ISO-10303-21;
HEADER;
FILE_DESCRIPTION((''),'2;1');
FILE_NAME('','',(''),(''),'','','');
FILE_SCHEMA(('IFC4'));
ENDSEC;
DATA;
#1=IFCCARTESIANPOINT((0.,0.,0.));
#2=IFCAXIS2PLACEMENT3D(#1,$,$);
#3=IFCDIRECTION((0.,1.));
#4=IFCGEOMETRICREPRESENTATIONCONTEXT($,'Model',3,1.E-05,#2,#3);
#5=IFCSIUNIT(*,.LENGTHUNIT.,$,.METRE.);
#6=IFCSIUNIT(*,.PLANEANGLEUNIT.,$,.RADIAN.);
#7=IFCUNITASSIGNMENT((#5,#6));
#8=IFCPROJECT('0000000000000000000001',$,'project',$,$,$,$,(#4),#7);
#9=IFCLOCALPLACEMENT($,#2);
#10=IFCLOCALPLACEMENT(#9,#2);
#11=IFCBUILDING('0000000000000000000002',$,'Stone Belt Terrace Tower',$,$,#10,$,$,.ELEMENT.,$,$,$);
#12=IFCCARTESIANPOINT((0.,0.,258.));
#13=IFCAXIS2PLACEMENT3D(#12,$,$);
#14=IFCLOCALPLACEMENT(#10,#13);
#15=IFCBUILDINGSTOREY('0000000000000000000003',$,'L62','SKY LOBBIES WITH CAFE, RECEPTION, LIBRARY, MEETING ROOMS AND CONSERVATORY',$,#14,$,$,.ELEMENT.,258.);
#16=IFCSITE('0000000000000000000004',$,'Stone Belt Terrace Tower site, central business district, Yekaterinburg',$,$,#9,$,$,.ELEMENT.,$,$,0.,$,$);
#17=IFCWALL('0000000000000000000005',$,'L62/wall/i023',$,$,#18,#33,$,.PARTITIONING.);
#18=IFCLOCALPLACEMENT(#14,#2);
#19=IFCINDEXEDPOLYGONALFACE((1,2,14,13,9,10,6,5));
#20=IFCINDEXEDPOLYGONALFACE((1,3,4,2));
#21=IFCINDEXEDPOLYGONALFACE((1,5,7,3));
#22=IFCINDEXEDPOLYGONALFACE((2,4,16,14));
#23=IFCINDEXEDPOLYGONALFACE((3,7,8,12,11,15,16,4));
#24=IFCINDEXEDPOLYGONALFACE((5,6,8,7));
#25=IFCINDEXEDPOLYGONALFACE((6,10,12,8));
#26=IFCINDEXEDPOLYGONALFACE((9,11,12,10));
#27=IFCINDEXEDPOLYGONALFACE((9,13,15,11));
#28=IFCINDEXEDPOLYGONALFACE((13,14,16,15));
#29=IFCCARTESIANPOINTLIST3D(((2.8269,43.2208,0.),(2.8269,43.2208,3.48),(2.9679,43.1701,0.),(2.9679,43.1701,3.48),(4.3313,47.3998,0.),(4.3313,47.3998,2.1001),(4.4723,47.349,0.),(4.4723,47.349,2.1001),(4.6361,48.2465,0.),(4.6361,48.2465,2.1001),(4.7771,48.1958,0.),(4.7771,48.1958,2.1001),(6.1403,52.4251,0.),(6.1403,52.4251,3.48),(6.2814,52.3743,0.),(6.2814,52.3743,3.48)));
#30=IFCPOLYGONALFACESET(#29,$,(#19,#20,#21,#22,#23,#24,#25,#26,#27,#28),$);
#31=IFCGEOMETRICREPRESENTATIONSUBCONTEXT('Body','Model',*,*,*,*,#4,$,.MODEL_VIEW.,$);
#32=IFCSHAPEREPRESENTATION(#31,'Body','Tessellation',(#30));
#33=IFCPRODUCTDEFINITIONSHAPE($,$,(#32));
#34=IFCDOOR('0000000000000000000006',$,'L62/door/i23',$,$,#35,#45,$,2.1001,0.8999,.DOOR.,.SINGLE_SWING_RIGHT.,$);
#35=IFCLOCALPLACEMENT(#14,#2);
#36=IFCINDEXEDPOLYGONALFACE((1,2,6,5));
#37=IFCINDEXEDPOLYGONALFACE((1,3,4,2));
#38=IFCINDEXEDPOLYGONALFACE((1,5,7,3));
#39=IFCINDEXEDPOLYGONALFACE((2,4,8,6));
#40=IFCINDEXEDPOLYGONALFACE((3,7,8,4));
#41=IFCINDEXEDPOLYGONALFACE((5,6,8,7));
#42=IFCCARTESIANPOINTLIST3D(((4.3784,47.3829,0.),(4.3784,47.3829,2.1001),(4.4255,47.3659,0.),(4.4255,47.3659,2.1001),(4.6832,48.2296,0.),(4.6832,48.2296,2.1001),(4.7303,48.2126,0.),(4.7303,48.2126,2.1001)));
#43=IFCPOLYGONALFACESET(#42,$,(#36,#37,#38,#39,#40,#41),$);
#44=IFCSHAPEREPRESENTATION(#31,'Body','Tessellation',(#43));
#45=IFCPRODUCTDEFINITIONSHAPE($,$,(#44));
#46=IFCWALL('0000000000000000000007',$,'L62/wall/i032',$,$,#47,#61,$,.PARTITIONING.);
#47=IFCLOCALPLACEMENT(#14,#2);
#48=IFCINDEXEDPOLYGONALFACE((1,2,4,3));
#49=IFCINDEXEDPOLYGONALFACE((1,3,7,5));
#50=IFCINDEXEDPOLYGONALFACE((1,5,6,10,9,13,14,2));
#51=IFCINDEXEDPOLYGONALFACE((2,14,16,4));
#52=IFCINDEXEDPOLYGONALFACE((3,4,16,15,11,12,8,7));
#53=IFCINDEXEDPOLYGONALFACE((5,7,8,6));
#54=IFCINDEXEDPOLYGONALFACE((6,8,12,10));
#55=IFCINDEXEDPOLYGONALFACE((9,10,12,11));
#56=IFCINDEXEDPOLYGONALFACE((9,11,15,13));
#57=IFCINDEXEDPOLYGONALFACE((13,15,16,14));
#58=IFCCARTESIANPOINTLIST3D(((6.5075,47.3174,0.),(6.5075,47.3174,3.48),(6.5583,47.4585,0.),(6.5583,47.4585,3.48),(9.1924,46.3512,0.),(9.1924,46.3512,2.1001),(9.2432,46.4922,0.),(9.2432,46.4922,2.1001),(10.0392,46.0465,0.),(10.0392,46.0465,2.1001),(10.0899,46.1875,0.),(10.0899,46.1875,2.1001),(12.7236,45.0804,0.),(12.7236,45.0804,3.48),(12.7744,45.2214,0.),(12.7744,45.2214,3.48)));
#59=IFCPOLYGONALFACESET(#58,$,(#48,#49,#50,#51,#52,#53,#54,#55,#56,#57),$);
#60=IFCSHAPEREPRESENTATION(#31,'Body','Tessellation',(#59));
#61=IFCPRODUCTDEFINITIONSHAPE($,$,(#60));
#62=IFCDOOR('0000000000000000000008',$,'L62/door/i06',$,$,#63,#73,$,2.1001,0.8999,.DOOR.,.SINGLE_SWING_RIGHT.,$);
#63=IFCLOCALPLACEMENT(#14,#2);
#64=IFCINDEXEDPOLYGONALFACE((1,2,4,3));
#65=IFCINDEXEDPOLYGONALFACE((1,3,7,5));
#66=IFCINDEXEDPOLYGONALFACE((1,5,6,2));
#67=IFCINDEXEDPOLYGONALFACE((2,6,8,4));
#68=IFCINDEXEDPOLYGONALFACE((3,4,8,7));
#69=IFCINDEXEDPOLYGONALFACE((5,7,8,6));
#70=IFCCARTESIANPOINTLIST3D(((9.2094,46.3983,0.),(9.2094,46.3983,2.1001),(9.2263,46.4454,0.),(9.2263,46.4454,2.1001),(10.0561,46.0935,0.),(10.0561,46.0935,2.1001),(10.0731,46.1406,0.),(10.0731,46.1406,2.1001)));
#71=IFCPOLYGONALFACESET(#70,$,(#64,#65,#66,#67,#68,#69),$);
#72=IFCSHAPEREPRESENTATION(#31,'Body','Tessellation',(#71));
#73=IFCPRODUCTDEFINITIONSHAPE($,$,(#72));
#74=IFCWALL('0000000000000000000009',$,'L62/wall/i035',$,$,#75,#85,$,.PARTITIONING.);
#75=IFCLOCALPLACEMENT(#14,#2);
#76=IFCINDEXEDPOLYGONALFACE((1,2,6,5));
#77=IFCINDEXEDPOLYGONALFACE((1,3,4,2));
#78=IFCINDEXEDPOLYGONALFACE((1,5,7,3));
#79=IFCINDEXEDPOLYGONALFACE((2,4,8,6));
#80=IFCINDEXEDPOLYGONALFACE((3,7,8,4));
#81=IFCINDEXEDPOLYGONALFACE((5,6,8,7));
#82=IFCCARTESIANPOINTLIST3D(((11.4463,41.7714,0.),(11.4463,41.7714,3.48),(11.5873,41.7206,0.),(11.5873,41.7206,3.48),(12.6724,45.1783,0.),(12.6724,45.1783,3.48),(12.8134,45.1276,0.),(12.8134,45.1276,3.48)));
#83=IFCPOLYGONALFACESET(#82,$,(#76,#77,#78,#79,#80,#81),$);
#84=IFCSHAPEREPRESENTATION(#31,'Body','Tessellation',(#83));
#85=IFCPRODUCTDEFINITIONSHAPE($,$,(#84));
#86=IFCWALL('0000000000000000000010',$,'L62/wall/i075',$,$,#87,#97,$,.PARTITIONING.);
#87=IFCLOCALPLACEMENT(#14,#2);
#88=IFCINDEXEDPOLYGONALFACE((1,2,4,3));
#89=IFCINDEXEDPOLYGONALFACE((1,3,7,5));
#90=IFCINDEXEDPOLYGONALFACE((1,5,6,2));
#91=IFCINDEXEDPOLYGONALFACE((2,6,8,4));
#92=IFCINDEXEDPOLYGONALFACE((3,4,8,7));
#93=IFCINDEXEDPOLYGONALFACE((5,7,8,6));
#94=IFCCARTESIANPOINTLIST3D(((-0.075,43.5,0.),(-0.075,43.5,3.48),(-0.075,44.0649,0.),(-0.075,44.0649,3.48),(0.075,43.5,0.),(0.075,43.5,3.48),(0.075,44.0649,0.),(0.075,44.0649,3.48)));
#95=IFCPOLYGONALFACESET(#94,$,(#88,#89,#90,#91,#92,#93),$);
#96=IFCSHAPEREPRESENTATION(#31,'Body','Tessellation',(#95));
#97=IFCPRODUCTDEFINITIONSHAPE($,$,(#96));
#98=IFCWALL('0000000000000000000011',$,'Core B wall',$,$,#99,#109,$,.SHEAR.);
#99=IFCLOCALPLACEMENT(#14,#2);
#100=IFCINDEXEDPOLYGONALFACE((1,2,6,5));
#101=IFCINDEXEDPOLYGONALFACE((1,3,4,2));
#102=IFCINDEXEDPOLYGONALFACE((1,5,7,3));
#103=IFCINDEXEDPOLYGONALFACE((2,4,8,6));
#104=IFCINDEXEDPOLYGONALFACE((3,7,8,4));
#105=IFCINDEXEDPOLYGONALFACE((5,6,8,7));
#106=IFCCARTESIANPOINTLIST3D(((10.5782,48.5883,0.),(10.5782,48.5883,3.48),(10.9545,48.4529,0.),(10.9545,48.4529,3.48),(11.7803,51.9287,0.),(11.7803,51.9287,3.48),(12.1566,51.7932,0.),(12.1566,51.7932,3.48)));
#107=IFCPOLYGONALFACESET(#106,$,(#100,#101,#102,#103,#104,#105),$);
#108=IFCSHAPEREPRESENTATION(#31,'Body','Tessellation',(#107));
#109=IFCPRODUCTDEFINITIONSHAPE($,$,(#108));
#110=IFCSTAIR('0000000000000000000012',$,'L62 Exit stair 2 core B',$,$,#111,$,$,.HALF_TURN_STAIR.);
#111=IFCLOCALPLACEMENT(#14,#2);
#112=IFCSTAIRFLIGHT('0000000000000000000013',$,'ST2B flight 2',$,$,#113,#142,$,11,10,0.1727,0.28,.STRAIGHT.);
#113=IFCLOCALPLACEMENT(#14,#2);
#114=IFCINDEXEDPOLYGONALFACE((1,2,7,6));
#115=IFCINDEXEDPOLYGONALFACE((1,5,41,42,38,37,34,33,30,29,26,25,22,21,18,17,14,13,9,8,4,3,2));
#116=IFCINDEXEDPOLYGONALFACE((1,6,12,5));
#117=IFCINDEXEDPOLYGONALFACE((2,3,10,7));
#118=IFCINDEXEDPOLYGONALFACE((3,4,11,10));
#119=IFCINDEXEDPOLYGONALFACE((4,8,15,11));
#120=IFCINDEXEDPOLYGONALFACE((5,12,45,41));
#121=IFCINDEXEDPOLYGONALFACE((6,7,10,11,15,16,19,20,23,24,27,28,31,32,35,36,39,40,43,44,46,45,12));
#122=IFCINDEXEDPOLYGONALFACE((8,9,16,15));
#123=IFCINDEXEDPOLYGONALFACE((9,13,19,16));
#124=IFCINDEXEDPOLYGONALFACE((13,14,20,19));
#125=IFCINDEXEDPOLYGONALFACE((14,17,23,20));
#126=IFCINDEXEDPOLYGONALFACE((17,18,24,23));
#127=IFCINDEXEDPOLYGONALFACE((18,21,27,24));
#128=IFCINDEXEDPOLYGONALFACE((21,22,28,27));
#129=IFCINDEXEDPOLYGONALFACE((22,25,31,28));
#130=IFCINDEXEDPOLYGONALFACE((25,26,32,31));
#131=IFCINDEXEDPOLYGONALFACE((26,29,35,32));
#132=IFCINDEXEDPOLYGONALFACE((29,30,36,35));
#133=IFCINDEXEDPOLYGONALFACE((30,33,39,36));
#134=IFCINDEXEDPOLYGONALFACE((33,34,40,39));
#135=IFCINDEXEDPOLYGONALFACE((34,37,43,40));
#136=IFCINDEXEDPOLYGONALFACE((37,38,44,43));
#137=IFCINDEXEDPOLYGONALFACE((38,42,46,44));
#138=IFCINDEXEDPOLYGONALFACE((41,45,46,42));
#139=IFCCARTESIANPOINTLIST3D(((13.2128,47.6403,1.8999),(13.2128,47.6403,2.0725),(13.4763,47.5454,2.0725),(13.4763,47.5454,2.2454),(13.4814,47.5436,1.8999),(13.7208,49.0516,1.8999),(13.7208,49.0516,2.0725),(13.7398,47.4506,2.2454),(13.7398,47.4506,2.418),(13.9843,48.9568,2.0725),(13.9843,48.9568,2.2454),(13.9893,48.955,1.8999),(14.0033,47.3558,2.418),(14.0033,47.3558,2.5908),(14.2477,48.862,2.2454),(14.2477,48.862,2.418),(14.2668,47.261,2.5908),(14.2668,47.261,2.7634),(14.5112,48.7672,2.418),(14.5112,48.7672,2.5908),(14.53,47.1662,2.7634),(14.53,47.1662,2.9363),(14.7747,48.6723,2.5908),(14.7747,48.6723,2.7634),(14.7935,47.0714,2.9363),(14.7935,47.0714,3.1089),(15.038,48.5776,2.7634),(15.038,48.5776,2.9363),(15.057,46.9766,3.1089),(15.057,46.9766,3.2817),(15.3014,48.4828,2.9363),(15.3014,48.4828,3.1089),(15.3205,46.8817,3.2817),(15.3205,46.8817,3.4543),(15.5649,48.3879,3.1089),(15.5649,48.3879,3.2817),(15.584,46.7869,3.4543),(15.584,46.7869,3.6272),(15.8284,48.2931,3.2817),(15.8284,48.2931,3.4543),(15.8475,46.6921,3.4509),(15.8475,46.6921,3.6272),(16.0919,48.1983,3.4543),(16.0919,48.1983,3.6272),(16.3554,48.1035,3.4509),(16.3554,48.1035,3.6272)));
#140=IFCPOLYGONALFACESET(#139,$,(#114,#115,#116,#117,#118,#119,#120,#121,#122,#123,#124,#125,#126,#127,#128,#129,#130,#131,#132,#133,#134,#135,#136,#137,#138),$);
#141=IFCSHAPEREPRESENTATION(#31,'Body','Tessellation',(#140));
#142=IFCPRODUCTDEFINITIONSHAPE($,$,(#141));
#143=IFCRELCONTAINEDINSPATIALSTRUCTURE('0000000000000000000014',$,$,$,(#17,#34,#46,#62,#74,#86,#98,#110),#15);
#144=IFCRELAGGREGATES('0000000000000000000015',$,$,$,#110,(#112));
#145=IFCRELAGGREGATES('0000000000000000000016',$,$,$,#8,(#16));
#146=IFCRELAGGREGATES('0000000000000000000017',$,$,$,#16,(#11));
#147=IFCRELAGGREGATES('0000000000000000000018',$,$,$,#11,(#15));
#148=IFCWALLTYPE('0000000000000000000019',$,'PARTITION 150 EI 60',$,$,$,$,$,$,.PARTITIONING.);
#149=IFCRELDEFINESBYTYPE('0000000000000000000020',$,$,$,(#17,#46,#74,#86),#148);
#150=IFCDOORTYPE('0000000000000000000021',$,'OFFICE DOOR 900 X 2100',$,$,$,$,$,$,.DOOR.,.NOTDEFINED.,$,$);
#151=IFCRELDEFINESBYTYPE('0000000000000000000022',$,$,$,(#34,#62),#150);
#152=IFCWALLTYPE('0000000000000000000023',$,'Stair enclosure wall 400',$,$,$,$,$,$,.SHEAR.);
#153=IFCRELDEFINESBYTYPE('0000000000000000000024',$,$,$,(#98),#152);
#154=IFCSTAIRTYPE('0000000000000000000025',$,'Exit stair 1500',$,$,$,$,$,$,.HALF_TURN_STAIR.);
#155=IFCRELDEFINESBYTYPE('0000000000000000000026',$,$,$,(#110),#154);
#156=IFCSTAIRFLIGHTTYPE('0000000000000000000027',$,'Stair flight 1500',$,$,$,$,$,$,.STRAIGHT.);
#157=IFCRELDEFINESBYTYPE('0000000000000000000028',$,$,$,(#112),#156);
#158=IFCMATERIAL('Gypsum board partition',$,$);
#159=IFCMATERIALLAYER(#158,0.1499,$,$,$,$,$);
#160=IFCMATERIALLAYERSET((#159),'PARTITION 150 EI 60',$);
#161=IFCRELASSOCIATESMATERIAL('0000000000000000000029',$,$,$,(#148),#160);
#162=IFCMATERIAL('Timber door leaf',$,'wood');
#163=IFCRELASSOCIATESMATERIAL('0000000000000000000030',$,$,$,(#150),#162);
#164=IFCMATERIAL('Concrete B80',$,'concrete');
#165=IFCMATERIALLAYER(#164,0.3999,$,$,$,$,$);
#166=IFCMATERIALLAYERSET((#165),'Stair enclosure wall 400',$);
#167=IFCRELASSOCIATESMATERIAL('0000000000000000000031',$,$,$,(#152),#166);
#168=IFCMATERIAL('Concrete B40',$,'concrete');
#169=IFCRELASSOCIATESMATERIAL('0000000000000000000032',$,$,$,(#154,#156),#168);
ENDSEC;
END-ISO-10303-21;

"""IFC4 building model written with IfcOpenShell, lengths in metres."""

from ifc_helpers import new_model, si_unit, direction, frame, frame_2d, origin, place, context, subcontext, project, spatial, polyline, rectangle, outline, extrude, material, layer, layer_set, type_object, element, fill, aggregate, save


model = new_model("IFC4")

# Units and contexts
model_context = context("Model", 3, precision=1e-05, world=origin(), true_north=direction((0.0, 1.0)))
body_context = subcontext(model_context, "Body", "Model", "MODEL_VIEW")
ifc_project = project(units=[si_unit("LENGTHUNIT", "METRE"), si_unit("PLANEANGLEUNIT", "RADIAN")], contexts=[model_context])

# Site, building, storey
site_placement = place(None, origin())
site = spatial("IfcSite", under=ifc_project, at=site_placement, Name="Stone Belt Terrace Tower site, central business district, Yekaterinburg", CompositionType="ELEMENT", RefElevation=0.0)
building_placement = place(site_placement, origin())
building = spatial("IfcBuilding", under=site, at=building_placement, Name="Stone Belt Terrace Tower", CompositionType="ELEMENT")
storey_placement = place(building_placement, frame((0.0, 0.0, 258.0)))
storey = spatial("IfcBuildingStorey", under=building, at=storey_placement, Name="L62", Description="SKY LOBBIES WITH CAFE, RECEPTION, LIBRARY, MEETING ROOMS AND CONSERVATORY", CompositionType="ELEMENT", Elevation=258.0)

# Shared definitions
ifc_material_1 = material(Name="Timber door leaf", Category="wood")

# Shared definitions
ifc_material_2 = material(Name="Gypsum board partition")
ifc_layer_1 = layer(ifc_material_2, 0.1499)
ifc_layer_set_1 = layer_set([ifc_layer_1], Name="PARTITION 150 EI 60")
wall_type_1 = type_object("IfcWallType", Name="PARTITION 150 EI 60", PredefinedType="PARTITIONING", material=ifc_layer_set_1)

# Walls, openings, doors
wall_1_placement = place(storey_placement, frame((2.8975, 43.1956, 0.0), z_axis=(0.0, 0.0, 1.0), x_axis=(0.338712, 0.94089, 0.0)))
wall_1 = element("IfcWall", 1, at=wall_1_placement, inside=storey, type_object=wall_type_1, Name="L62/wall/i023", PredefinedType="PARTITIONING", context=body_context, shape_type="SweptSolid", body=[
    extrude(rectangle(XDim=9.7825, YDim=0.1499, at=frame_2d((4.8911, 0.0))), origin(), (0.0, 0.0, 1.0), 3.48),
])
opening_1_placement = place(wall_1_placement, frame((4.4414, 0.0, 0.0)))
opening_1 = element("IfcOpeningElement", 2, at=opening_1_placement, cuts=wall_1, PredefinedType="OPENING", context=body_context, shape_type="SweptSolid", body=[
    extrude(rectangle(XDim=0.8999, YDim=2.1001, at=frame_2d((0.45, 1.05))), frame((0.0, 0.085, 0.0), z_axis=(0.0, -1.0, 0.0), x_axis=(1.0, 0.0, 0.0)), (0.0, 0.0, 1.0), 0.1699),
])
door_type_1 = type_object("IfcDoorType", Name="OFFICE DOOR 900 X 2100", OperationType="NOTDEFINED", PredefinedType="DOOR", material=ifc_material_1)
door_1_placement = place(opening_1_placement, origin())
door_1 = element("IfcDoor", 3, at=door_1_placement, inside=storey, type_object=door_type_1, Name="L62/door/i23", OperationType="SINGLE_SWING_RIGHT", OverallHeight=2.1001, OverallWidth=0.8999, PredefinedType="DOOR", context=body_context, shape_type="SweptSolid", body=[
    extrude(rectangle(XDim=0.8999, YDim=2.1001, at=frame_2d((0.45, 1.05))), frame((0.0, 0.0249, 0.0), z_axis=(0.0, -1.0, 0.0), x_axis=(1.0, 0.0, 0.0)), (0.0, 0.0, 1.0), 0.05),
])
fill(opening_1, door_1)
wall_2_placement = place(storey_placement, frame((12.749, 45.1509, 0.0), z_axis=(0.0, 0.0, 1.0), x_axis=(-0.940922, 0.338623, 0.0)))
wall_2 = element("IfcWall", 4, at=wall_2_placement, inside=storey, type_object=wall_type_1, Name="L62/wall/i032", PredefinedType="PARTITIONING", context=body_context, shape_type="SweptSolid", body=[
    extrude(rectangle(XDim=6.6064, YDim=0.1499, at=frame_2d((3.3032, 0.0))), origin(), (0.0, 0.0, 1.0), 3.48),
])
opening_2_placement = place(wall_2_placement, frame((2.853, 0.0, 0.0)))
opening_2 = element("IfcOpeningElement", 5, at=opening_2_placement, cuts=wall_2, PredefinedType="OPENING", context=body_context, shape_type="SweptSolid", body=[
    extrude(rectangle(XDim=0.8999, YDim=2.1001, at=frame_2d((0.45, 1.05))), frame((0.0, 0.085, 0.0), z_axis=(0.0, -1.0, 0.0), x_axis=(1.0, 0.0, 0.0)), (0.0, 0.0, 1.0), 0.1699),
])
door_2_placement = place(opening_2_placement, origin())
door_2 = element("IfcDoor", 6, at=door_2_placement, inside=storey, type_object=door_type_1, Name="L62/door/i06", OperationType="SINGLE_SWING_RIGHT", OverallHeight=2.1001, OverallWidth=0.8999, PredefinedType="DOOR", context=body_context, shape_type="SweptSolid", body=[
    extrude(rectangle(XDim=0.8999, YDim=2.1001, at=frame_2d((0.45, 1.05))), frame((0.0, 0.0249, 0.0), z_axis=(0.0, -1.0, 0.0), x_axis=(1.0, 0.0, 0.0)), (0.0, 0.0, 1.0), 0.05),
])
fill(opening_2, door_2)

# Walls
wall_3_placement = place(storey_placement, frame((12.7429, 45.1531, 0.0), z_axis=(0.0, 0.0, 1.0), x_axis=(-0.338612, -0.940926, 0.0)))
element("IfcWall", 7, at=wall_3_placement, inside=storey, type_object=wall_type_1, Name="L62/wall/i035", PredefinedType="PARTITIONING", context=body_context, shape_type="SweptSolid", body=[
    extrude(rectangle(XDim=3.6208, YDim=0.1499, at=frame_2d((1.8105, 0.0))), origin(), (0.0, 0.0, 1.0), 3.48),
])
wall_4_placement = place(storey_placement, frame((0.0, 44.0649, 0.0), z_axis=(0.0, 0.0, 1.0), x_axis=(0.0, -1.0, 0.0)))
element("IfcWall", 8, at=wall_4_placement, inside=storey, type_object=wall_type_1, Name="L62/wall/i075", PredefinedType="PARTITIONING", context=body_context, shape_type="SweptSolid", body=[
    extrude(rectangle(XDim=0.5649, YDim=0.1499, at=frame_2d((0.2825, 0.0))), origin(), (0.0, 0.0, 1.0), 3.48),
])
ifc_material_3 = material(Name="Concrete B80", Category="concrete")
ifc_layer_2 = layer(ifc_material_3, 0.3999)
ifc_layer_set_2 = layer_set([ifc_layer_2], Name="Stair enclosure wall 400")
wall_type_2 = type_object("IfcWallType", Name="Stair enclosure wall 400", PredefinedType="SHEAR", material=ifc_layer_set_2)
wall_5_placement = place(storey_placement, frame((10.7664, 48.5208, 0.0), z_axis=(0.0, 0.0, 1.0), x_axis=(0.338627, 0.940921, 0.0)))
element("IfcWall", 9, at=wall_5_placement, inside=storey, type_object=wall_type_2, Name="Core B wall", PredefinedType="SHEAR", context=body_context, shape_type="SweptSolid", body=[
    extrude(rectangle(XDim=3.55, YDim=0.3999, at=frame_2d((1.7749, 0.0))), origin(), (0.0, 0.0, 1.0), 3.48),
])

# Stair, stair flight
ifc_material_4 = material(Name="Concrete B40", Category="concrete")
stair_type = type_object("IfcStairType", Name="Exit stair 1500", PredefinedType="HALF_TURN_STAIR", material=ifc_material_4)
stair_placement = place(storey_placement, origin())
stair = element("IfcStair", 10, at=stair_placement, inside=storey, type_object=stair_type, Name="L62 Exit stair 2 core B", PredefinedType="HALF_TURN_STAIR")
stair_flight_type = type_object("IfcStairFlightType", Name="Stair flight 1500", PredefinedType="STRAIGHT", material=ifc_material_4)
stair_flight_placement = place(storey_placement, frame((13.4668, 48.3459, 1.8999), z_axis=(0.0, 0.0, 1.0), x_axis=(0.940922, -0.338624, 0.0)))
stair_flight = element("IfcStairFlight", 11, at=stair_flight_placement, type_object=stair_flight_type, Name="ST2B flight 2", NumberOfRisers=11, NumberOfTreads=10, PredefinedType="STRAIGHT", RiserHeight=0.1727, TreadLength=0.28, context=body_context, shape_type="SweptSolid", body=[
    extrude(outline(polyline([(0.0, 0.0), (0.0, 0.1726), (0.28, 0.1726), (0.28, 0.3455), (0.5601, 0.3455), (0.5601, 0.5181), (0.8401, 0.5181), (0.8401, 0.6909), (1.1201, 0.6909), (1.1201, 0.8635), (1.3999, 0.8635), (1.3999, 1.0364), (1.6799, 1.0364), (1.6799, 1.209), (1.96, 1.209), (1.96, 1.3818), (2.24, 1.3818), (2.24, 1.5544), (2.52, 1.5544), (2.52, 1.7273), (2.8, 1.7273), (2.8, 1.8999), (2.8, 1.551), (0.2854, 0.0), (0.0, 0.0)])), frame((0.0, 0.75, 0.0), z_axis=(0.0, -1.0, 0.0), x_axis=(1.0, 0.0, 0.0)), (0.0, 0.0, 1.0), 1.5),
])
aggregate(stair, [stair_flight])

save(model, "model.ifc")
